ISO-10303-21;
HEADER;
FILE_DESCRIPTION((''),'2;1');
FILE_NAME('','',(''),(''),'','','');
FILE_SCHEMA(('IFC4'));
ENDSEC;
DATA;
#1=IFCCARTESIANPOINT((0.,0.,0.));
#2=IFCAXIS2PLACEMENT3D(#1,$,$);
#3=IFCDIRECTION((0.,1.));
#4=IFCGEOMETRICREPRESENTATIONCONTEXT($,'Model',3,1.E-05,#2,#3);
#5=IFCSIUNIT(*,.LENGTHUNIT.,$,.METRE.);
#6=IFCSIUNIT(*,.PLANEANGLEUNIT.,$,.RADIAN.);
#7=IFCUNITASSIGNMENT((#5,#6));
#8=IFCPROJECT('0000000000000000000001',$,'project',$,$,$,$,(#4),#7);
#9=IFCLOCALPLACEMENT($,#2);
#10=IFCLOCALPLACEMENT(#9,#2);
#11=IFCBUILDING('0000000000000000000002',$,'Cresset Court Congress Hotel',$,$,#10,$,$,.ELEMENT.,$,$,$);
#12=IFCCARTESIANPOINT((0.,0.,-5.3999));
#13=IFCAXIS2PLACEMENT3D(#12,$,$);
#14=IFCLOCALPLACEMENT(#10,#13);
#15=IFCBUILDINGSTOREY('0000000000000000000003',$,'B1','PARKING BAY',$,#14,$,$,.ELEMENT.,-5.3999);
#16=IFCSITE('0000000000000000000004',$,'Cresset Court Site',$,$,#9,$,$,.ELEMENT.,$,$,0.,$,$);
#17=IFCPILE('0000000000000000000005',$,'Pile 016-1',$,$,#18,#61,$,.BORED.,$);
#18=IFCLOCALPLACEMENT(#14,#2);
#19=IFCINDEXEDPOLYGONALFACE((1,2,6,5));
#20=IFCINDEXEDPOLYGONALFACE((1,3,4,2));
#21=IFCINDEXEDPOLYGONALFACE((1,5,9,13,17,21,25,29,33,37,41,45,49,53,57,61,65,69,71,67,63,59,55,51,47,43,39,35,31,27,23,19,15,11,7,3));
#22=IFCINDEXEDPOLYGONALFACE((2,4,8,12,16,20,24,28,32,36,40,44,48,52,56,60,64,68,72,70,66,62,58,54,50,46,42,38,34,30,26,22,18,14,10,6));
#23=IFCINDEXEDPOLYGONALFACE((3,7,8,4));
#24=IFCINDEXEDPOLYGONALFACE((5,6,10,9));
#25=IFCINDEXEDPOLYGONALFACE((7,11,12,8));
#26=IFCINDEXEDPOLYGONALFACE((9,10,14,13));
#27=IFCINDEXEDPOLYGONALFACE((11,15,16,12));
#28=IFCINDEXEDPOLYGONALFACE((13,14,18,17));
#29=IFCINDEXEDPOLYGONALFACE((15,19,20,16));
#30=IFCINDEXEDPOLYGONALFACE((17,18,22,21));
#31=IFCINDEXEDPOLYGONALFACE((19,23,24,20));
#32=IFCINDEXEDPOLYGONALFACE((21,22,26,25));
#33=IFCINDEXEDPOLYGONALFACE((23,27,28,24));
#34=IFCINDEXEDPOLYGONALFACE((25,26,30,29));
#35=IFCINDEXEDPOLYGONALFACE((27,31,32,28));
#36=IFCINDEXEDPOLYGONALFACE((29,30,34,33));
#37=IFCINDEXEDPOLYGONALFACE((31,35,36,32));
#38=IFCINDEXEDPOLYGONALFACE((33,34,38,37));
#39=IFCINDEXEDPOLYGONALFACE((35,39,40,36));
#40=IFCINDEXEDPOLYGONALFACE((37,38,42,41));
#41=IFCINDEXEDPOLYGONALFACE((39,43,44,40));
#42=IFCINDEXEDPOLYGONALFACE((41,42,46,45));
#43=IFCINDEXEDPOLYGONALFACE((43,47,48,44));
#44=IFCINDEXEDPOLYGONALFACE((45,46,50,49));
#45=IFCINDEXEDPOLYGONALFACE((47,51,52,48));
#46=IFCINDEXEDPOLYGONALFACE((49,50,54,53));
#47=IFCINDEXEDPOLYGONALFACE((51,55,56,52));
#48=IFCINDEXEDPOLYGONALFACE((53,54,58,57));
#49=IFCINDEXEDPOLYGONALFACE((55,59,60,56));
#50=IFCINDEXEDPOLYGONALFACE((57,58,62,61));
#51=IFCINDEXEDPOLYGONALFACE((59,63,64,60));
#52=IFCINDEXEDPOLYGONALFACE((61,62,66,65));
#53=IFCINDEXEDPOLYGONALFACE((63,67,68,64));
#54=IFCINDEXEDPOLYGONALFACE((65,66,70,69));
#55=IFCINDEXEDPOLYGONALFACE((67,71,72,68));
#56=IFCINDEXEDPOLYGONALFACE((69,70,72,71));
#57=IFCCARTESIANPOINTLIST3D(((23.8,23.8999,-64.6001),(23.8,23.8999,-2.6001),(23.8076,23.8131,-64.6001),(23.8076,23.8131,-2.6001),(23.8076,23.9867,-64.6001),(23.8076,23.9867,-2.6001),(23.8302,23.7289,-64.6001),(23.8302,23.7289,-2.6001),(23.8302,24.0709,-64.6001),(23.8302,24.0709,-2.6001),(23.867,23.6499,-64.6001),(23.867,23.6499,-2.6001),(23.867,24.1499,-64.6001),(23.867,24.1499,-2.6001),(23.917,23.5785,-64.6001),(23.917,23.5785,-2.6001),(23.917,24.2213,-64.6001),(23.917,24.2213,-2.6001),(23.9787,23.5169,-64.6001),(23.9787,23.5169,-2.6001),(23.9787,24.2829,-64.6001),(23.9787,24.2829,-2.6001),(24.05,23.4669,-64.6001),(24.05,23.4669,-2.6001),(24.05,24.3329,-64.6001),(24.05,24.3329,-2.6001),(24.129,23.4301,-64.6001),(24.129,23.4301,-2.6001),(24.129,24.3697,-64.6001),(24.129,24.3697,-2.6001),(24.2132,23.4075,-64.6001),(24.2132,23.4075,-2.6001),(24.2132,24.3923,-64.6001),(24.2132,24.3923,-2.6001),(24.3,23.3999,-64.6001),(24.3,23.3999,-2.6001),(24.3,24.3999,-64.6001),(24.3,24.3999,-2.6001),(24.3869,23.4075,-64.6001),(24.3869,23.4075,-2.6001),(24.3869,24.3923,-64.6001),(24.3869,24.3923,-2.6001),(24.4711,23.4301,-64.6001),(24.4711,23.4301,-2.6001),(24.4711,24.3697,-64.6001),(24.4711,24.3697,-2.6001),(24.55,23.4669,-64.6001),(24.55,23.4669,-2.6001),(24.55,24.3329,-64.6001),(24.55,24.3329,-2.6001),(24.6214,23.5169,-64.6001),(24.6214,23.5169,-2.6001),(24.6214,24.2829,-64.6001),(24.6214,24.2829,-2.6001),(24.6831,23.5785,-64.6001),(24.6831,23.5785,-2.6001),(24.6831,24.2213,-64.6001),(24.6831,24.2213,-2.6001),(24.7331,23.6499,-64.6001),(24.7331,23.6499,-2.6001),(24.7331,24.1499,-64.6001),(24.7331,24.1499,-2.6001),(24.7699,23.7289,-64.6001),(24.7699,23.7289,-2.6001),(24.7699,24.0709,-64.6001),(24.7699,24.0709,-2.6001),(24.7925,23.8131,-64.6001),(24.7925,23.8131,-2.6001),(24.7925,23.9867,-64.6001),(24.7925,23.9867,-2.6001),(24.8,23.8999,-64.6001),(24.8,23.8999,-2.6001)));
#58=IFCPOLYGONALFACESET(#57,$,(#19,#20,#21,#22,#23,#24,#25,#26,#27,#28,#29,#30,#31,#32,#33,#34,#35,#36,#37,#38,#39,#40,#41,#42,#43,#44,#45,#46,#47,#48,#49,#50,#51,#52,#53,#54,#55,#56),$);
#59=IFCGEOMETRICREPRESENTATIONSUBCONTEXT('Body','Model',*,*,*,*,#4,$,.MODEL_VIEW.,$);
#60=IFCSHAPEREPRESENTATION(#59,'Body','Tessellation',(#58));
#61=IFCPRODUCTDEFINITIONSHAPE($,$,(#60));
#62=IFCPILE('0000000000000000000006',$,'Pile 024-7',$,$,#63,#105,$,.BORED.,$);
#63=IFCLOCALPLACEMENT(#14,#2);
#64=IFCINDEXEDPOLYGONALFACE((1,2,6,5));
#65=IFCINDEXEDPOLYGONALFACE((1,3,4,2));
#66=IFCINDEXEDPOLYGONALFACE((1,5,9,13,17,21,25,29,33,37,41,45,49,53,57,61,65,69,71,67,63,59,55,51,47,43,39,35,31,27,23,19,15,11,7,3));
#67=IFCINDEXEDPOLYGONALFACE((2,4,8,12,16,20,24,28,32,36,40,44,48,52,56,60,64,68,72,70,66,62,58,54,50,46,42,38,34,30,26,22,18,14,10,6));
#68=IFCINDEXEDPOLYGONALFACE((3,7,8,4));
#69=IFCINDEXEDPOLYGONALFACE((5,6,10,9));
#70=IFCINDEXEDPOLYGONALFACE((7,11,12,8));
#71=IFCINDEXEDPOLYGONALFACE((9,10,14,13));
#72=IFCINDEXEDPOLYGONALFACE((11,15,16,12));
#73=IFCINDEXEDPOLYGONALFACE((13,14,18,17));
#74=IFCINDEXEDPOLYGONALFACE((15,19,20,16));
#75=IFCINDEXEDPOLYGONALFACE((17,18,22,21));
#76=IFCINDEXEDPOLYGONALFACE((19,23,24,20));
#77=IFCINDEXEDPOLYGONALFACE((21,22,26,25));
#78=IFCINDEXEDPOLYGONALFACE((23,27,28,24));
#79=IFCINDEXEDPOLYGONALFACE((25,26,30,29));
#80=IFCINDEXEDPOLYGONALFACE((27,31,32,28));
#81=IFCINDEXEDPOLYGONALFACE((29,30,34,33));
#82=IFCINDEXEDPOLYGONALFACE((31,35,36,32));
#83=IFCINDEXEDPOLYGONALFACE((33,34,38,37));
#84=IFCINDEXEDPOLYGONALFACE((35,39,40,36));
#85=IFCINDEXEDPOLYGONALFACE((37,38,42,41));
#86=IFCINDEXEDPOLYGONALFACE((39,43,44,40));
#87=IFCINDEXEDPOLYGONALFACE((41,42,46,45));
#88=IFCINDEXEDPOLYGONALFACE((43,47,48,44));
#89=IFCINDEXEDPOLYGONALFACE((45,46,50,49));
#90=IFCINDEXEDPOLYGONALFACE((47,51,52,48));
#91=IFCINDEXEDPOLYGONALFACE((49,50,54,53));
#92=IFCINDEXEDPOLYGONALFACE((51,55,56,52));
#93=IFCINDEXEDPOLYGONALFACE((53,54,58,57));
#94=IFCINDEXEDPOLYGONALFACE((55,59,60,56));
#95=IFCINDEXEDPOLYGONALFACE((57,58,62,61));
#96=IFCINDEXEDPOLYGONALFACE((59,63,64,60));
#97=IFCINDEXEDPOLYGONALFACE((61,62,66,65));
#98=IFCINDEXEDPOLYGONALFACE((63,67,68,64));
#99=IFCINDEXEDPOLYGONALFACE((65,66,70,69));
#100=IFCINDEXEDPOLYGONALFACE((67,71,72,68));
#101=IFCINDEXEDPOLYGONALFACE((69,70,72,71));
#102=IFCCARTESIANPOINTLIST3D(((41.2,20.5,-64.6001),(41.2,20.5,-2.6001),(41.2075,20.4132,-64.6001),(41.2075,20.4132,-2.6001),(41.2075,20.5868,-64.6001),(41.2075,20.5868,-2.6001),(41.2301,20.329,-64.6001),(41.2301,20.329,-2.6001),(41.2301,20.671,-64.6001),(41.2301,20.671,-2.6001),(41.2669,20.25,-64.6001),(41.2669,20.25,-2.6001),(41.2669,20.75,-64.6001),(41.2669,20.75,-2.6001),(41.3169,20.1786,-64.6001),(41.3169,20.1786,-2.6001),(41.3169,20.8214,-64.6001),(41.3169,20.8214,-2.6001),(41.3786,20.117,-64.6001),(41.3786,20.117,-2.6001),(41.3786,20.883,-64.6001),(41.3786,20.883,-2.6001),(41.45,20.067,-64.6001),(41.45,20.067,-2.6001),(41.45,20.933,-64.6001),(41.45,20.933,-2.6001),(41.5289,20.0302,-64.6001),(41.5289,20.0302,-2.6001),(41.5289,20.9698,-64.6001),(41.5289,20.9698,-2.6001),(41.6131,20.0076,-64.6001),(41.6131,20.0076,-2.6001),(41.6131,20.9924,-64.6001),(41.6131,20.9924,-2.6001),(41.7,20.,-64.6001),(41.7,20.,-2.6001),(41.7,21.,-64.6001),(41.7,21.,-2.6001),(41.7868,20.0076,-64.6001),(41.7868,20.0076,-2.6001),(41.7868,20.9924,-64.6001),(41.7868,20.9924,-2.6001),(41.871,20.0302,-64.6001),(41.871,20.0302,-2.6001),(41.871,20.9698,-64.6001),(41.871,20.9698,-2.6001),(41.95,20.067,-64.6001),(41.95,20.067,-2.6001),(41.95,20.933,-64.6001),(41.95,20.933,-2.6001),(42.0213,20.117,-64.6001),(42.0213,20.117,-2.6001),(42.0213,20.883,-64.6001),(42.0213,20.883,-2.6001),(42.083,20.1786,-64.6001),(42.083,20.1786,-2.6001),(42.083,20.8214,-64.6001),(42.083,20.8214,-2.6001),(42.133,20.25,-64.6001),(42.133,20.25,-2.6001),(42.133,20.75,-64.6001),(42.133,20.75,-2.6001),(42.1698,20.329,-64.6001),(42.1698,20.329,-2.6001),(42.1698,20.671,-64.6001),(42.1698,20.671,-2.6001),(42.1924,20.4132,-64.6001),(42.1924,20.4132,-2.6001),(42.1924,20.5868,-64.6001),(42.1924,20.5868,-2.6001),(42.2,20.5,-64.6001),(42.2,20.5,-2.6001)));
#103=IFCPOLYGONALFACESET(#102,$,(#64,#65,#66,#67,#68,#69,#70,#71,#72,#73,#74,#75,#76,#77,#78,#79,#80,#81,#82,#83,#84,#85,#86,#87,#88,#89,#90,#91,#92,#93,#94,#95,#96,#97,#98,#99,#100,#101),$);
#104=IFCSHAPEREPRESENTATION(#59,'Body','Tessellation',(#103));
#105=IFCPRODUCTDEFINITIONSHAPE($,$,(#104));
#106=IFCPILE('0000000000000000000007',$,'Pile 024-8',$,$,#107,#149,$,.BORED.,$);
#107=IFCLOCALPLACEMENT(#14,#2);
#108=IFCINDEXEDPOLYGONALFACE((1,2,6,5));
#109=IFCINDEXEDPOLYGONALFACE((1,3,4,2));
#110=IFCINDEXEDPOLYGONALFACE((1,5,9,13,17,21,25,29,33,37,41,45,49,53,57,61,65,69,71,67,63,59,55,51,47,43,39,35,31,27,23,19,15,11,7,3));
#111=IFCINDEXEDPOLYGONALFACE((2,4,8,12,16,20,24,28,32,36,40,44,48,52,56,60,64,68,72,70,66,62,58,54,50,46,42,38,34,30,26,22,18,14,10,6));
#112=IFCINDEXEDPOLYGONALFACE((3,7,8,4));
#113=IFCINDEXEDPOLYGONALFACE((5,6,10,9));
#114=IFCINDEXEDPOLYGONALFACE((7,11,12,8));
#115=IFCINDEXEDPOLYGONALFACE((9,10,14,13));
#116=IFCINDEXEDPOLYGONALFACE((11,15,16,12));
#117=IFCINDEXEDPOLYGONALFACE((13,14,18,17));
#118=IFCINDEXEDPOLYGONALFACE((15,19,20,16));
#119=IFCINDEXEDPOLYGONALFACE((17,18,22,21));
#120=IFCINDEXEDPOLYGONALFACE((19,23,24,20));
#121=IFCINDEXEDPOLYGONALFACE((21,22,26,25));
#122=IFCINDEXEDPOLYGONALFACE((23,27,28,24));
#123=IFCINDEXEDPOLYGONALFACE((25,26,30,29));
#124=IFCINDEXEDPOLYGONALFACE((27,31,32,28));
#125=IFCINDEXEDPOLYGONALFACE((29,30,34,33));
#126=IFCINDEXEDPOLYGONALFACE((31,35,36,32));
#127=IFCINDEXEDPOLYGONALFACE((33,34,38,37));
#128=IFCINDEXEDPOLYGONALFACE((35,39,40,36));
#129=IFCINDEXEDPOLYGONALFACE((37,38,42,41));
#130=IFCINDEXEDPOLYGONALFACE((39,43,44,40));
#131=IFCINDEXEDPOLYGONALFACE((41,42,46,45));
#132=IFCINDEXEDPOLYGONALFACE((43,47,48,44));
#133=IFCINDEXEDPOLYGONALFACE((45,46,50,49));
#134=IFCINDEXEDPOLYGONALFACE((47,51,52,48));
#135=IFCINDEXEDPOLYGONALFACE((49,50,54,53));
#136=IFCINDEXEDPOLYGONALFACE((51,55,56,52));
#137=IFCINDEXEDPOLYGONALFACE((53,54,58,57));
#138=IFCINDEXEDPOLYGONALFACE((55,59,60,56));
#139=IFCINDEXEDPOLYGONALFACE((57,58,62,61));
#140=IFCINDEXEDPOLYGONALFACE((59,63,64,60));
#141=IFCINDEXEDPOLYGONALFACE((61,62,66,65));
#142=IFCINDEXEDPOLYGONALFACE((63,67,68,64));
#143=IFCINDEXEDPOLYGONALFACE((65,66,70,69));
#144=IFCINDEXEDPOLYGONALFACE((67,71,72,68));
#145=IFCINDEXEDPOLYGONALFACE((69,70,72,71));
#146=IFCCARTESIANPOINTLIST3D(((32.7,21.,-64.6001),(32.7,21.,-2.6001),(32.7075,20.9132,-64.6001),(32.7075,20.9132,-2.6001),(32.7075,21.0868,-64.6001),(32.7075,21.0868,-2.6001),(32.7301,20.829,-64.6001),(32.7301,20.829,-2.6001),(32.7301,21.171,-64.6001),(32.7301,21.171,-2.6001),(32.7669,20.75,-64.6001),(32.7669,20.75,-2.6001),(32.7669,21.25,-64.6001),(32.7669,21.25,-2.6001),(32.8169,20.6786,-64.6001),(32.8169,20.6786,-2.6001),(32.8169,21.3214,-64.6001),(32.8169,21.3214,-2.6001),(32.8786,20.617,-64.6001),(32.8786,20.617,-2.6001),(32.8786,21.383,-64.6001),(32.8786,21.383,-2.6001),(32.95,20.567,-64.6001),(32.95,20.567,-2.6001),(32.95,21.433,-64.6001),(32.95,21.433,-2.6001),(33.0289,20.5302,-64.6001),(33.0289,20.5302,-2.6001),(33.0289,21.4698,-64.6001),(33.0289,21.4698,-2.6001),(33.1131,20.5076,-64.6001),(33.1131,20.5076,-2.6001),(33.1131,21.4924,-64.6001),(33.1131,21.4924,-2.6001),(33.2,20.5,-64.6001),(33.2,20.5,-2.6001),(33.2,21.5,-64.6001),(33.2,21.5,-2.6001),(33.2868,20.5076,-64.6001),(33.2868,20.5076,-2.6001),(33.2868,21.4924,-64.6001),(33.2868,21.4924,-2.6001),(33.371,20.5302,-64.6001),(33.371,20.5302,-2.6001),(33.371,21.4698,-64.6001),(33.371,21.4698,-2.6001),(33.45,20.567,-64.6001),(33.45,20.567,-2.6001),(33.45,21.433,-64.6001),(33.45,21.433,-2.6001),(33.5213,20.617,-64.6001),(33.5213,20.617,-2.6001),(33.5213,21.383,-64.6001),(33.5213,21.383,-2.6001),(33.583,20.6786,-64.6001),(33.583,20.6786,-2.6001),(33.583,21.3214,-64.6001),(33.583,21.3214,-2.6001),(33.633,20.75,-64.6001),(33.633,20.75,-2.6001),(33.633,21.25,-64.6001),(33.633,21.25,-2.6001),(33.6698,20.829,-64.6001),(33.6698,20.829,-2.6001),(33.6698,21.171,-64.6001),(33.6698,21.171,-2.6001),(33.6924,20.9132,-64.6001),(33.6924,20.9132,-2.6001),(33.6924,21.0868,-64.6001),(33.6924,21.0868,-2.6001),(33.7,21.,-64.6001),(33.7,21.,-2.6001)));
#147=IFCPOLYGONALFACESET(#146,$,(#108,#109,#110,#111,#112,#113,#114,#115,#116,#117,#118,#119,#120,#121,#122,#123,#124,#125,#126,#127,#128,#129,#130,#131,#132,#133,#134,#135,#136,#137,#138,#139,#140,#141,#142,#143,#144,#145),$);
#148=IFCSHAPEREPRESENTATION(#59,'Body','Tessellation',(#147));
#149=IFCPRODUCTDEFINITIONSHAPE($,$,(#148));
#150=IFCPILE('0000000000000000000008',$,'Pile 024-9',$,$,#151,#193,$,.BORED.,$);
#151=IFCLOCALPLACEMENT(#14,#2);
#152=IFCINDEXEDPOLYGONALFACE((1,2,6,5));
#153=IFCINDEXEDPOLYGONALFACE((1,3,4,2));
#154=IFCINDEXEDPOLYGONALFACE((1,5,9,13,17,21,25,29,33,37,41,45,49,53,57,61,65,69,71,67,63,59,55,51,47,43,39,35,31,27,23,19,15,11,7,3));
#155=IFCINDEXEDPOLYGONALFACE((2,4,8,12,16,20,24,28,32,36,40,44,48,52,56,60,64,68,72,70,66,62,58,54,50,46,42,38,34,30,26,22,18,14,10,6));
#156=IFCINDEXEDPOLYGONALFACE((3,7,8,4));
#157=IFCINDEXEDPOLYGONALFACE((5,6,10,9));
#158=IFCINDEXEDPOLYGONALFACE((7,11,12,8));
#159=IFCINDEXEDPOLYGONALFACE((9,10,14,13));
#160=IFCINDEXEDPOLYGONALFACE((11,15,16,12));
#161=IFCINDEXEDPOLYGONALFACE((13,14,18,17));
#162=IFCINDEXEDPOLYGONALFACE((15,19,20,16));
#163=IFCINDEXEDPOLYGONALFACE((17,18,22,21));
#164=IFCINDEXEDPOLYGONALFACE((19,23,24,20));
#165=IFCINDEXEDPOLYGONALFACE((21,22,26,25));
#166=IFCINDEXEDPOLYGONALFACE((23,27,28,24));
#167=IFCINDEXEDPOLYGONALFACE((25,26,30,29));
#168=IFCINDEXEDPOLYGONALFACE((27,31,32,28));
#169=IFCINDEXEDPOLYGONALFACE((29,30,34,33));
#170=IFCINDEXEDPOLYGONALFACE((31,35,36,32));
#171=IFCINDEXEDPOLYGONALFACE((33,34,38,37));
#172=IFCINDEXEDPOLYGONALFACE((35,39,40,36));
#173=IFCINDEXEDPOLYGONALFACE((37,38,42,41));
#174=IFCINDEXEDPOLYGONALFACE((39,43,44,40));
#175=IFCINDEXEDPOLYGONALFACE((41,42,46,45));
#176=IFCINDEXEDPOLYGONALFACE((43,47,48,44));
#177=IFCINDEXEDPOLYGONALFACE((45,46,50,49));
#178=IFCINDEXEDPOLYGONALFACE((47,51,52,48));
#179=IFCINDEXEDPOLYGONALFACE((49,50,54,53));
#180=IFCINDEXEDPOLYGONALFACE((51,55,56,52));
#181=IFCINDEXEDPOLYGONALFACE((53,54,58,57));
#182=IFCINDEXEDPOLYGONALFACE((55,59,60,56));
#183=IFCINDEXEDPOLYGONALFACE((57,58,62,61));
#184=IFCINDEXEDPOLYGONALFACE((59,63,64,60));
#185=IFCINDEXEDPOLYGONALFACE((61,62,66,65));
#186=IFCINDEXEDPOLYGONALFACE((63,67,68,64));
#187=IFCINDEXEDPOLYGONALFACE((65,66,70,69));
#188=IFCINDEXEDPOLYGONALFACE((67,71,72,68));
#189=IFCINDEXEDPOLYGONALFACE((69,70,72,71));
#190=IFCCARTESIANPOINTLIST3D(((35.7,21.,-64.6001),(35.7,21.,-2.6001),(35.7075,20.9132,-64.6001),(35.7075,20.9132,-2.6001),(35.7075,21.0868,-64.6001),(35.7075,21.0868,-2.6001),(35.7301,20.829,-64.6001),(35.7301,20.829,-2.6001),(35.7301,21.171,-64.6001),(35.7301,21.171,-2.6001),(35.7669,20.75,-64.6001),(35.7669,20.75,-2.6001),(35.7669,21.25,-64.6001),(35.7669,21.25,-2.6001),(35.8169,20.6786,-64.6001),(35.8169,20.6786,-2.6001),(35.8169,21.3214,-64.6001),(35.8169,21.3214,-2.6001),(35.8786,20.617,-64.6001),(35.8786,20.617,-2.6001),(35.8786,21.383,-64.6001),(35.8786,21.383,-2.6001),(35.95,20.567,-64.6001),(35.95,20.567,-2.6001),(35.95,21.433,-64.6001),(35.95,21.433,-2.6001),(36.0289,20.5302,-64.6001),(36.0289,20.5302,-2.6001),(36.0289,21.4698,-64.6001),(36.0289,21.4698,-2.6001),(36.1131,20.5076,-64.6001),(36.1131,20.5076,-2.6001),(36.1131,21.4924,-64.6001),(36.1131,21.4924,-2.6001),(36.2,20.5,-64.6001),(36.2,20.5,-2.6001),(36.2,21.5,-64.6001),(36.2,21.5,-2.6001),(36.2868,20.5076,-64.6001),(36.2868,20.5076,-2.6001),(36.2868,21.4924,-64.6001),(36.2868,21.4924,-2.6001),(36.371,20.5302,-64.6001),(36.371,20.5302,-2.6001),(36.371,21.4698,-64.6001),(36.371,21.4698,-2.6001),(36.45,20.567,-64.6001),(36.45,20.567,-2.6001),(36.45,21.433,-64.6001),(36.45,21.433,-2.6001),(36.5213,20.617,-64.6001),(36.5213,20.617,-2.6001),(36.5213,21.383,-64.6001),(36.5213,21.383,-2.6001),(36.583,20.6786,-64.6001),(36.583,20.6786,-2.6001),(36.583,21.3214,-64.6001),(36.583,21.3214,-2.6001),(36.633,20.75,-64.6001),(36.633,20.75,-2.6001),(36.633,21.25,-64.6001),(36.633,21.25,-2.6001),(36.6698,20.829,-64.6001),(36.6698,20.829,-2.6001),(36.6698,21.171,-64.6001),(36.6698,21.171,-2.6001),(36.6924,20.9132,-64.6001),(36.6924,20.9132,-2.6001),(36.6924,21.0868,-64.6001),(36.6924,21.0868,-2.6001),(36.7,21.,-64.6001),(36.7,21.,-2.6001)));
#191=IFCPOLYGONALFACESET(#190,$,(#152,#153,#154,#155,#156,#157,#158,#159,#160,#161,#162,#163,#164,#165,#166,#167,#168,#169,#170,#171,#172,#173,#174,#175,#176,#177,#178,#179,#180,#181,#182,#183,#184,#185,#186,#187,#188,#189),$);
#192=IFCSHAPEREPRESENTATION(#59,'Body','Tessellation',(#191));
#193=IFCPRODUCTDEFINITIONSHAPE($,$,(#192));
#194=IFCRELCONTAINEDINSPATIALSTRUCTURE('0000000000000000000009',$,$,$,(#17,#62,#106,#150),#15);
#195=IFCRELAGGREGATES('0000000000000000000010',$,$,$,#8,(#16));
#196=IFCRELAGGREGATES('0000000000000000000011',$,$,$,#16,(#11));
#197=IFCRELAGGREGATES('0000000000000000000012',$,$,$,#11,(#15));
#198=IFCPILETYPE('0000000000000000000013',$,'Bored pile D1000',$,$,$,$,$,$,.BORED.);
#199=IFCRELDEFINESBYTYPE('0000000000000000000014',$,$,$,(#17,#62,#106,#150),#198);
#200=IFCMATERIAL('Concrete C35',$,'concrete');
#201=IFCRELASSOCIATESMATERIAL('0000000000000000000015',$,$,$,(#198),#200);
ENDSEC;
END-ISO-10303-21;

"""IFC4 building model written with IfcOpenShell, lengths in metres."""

from ifc_helpers import new_model, si_unit, direction, frame, origin, origin_2d, place, context, subcontext, project, spatial, circle, extrude, material, type_object, element, save


model = new_model("IFC4")

# Units and contexts
model_context = context("Model", 3, precision=1e-05, world=origin(), true_north=direction((0.0, 1.0)))
body_context = subcontext(model_context, "Body", "Model", "MODEL_VIEW")
ifc_project = project(units=[si_unit("LENGTHUNIT", "METRE"), si_unit("PLANEANGLEUNIT", "RADIAN")], contexts=[model_context])

# Site, building, storey
site_placement = place(None, origin())
site = spatial("IfcSite", under=ifc_project, at=site_placement, Name="Cresset Court Site", CompositionType="ELEMENT", RefElevation=0.0)
building_placement = place(site_placement, origin())
building = spatial("IfcBuilding", under=site, at=building_placement, Name="Cresset Court Congress Hotel", CompositionType="ELEMENT")
storey_placement = place(building_placement, frame((0.0, 0.0, -5.3999)))
storey = spatial("IfcBuildingStorey", under=building, at=storey_placement, Name="B1", Description="PARKING BAY", CompositionType="ELEMENT", Elevation=-5.3999)

# Piles
ifc_material_1 = material(Name="Concrete C35", Category="concrete")
pile_type = type_object("IfcPileType", Name="Bored pile D1000", PredefinedType="BORED", material=ifc_material_1)
for number, where, z_axis, x_axis, name in (
    (1, (24.3, 23.8999, -2.6001), (0.0, 0.0, -1.0), (1.0, 0.0, 0.0), "Pile 016-1"),
    (2, (41.7, 20.5, -2.6001), (0.0, 0.0, -1.0), (1.0, 0.0, 0.0), "Pile 024-7"),
    (3, (33.2, 21.0, -2.6001), (0.0, 0.0, -1.0), (1.0, 0.0, 0.0), "Pile 024-8"),
    (4, (36.2, 21.0, -2.6001), (0.0, 0.0, -1.0), (1.0, 0.0, 0.0), "Pile 024-9"),
):
    element("IfcPile", number, at=place(storey_placement, frame(where, z_axis=z_axis, x_axis=x_axis)), inside=storey, type_object=pile_type, Name=name, PredefinedType="BORED", context=body_context, shape_type="SweptSolid", body=[
        extrude(circle(Radius=0.5, at=origin_2d()), origin(), (0.0, 0.0, 1.0), 62.0),
    ])

save(model, "model.ifc")
